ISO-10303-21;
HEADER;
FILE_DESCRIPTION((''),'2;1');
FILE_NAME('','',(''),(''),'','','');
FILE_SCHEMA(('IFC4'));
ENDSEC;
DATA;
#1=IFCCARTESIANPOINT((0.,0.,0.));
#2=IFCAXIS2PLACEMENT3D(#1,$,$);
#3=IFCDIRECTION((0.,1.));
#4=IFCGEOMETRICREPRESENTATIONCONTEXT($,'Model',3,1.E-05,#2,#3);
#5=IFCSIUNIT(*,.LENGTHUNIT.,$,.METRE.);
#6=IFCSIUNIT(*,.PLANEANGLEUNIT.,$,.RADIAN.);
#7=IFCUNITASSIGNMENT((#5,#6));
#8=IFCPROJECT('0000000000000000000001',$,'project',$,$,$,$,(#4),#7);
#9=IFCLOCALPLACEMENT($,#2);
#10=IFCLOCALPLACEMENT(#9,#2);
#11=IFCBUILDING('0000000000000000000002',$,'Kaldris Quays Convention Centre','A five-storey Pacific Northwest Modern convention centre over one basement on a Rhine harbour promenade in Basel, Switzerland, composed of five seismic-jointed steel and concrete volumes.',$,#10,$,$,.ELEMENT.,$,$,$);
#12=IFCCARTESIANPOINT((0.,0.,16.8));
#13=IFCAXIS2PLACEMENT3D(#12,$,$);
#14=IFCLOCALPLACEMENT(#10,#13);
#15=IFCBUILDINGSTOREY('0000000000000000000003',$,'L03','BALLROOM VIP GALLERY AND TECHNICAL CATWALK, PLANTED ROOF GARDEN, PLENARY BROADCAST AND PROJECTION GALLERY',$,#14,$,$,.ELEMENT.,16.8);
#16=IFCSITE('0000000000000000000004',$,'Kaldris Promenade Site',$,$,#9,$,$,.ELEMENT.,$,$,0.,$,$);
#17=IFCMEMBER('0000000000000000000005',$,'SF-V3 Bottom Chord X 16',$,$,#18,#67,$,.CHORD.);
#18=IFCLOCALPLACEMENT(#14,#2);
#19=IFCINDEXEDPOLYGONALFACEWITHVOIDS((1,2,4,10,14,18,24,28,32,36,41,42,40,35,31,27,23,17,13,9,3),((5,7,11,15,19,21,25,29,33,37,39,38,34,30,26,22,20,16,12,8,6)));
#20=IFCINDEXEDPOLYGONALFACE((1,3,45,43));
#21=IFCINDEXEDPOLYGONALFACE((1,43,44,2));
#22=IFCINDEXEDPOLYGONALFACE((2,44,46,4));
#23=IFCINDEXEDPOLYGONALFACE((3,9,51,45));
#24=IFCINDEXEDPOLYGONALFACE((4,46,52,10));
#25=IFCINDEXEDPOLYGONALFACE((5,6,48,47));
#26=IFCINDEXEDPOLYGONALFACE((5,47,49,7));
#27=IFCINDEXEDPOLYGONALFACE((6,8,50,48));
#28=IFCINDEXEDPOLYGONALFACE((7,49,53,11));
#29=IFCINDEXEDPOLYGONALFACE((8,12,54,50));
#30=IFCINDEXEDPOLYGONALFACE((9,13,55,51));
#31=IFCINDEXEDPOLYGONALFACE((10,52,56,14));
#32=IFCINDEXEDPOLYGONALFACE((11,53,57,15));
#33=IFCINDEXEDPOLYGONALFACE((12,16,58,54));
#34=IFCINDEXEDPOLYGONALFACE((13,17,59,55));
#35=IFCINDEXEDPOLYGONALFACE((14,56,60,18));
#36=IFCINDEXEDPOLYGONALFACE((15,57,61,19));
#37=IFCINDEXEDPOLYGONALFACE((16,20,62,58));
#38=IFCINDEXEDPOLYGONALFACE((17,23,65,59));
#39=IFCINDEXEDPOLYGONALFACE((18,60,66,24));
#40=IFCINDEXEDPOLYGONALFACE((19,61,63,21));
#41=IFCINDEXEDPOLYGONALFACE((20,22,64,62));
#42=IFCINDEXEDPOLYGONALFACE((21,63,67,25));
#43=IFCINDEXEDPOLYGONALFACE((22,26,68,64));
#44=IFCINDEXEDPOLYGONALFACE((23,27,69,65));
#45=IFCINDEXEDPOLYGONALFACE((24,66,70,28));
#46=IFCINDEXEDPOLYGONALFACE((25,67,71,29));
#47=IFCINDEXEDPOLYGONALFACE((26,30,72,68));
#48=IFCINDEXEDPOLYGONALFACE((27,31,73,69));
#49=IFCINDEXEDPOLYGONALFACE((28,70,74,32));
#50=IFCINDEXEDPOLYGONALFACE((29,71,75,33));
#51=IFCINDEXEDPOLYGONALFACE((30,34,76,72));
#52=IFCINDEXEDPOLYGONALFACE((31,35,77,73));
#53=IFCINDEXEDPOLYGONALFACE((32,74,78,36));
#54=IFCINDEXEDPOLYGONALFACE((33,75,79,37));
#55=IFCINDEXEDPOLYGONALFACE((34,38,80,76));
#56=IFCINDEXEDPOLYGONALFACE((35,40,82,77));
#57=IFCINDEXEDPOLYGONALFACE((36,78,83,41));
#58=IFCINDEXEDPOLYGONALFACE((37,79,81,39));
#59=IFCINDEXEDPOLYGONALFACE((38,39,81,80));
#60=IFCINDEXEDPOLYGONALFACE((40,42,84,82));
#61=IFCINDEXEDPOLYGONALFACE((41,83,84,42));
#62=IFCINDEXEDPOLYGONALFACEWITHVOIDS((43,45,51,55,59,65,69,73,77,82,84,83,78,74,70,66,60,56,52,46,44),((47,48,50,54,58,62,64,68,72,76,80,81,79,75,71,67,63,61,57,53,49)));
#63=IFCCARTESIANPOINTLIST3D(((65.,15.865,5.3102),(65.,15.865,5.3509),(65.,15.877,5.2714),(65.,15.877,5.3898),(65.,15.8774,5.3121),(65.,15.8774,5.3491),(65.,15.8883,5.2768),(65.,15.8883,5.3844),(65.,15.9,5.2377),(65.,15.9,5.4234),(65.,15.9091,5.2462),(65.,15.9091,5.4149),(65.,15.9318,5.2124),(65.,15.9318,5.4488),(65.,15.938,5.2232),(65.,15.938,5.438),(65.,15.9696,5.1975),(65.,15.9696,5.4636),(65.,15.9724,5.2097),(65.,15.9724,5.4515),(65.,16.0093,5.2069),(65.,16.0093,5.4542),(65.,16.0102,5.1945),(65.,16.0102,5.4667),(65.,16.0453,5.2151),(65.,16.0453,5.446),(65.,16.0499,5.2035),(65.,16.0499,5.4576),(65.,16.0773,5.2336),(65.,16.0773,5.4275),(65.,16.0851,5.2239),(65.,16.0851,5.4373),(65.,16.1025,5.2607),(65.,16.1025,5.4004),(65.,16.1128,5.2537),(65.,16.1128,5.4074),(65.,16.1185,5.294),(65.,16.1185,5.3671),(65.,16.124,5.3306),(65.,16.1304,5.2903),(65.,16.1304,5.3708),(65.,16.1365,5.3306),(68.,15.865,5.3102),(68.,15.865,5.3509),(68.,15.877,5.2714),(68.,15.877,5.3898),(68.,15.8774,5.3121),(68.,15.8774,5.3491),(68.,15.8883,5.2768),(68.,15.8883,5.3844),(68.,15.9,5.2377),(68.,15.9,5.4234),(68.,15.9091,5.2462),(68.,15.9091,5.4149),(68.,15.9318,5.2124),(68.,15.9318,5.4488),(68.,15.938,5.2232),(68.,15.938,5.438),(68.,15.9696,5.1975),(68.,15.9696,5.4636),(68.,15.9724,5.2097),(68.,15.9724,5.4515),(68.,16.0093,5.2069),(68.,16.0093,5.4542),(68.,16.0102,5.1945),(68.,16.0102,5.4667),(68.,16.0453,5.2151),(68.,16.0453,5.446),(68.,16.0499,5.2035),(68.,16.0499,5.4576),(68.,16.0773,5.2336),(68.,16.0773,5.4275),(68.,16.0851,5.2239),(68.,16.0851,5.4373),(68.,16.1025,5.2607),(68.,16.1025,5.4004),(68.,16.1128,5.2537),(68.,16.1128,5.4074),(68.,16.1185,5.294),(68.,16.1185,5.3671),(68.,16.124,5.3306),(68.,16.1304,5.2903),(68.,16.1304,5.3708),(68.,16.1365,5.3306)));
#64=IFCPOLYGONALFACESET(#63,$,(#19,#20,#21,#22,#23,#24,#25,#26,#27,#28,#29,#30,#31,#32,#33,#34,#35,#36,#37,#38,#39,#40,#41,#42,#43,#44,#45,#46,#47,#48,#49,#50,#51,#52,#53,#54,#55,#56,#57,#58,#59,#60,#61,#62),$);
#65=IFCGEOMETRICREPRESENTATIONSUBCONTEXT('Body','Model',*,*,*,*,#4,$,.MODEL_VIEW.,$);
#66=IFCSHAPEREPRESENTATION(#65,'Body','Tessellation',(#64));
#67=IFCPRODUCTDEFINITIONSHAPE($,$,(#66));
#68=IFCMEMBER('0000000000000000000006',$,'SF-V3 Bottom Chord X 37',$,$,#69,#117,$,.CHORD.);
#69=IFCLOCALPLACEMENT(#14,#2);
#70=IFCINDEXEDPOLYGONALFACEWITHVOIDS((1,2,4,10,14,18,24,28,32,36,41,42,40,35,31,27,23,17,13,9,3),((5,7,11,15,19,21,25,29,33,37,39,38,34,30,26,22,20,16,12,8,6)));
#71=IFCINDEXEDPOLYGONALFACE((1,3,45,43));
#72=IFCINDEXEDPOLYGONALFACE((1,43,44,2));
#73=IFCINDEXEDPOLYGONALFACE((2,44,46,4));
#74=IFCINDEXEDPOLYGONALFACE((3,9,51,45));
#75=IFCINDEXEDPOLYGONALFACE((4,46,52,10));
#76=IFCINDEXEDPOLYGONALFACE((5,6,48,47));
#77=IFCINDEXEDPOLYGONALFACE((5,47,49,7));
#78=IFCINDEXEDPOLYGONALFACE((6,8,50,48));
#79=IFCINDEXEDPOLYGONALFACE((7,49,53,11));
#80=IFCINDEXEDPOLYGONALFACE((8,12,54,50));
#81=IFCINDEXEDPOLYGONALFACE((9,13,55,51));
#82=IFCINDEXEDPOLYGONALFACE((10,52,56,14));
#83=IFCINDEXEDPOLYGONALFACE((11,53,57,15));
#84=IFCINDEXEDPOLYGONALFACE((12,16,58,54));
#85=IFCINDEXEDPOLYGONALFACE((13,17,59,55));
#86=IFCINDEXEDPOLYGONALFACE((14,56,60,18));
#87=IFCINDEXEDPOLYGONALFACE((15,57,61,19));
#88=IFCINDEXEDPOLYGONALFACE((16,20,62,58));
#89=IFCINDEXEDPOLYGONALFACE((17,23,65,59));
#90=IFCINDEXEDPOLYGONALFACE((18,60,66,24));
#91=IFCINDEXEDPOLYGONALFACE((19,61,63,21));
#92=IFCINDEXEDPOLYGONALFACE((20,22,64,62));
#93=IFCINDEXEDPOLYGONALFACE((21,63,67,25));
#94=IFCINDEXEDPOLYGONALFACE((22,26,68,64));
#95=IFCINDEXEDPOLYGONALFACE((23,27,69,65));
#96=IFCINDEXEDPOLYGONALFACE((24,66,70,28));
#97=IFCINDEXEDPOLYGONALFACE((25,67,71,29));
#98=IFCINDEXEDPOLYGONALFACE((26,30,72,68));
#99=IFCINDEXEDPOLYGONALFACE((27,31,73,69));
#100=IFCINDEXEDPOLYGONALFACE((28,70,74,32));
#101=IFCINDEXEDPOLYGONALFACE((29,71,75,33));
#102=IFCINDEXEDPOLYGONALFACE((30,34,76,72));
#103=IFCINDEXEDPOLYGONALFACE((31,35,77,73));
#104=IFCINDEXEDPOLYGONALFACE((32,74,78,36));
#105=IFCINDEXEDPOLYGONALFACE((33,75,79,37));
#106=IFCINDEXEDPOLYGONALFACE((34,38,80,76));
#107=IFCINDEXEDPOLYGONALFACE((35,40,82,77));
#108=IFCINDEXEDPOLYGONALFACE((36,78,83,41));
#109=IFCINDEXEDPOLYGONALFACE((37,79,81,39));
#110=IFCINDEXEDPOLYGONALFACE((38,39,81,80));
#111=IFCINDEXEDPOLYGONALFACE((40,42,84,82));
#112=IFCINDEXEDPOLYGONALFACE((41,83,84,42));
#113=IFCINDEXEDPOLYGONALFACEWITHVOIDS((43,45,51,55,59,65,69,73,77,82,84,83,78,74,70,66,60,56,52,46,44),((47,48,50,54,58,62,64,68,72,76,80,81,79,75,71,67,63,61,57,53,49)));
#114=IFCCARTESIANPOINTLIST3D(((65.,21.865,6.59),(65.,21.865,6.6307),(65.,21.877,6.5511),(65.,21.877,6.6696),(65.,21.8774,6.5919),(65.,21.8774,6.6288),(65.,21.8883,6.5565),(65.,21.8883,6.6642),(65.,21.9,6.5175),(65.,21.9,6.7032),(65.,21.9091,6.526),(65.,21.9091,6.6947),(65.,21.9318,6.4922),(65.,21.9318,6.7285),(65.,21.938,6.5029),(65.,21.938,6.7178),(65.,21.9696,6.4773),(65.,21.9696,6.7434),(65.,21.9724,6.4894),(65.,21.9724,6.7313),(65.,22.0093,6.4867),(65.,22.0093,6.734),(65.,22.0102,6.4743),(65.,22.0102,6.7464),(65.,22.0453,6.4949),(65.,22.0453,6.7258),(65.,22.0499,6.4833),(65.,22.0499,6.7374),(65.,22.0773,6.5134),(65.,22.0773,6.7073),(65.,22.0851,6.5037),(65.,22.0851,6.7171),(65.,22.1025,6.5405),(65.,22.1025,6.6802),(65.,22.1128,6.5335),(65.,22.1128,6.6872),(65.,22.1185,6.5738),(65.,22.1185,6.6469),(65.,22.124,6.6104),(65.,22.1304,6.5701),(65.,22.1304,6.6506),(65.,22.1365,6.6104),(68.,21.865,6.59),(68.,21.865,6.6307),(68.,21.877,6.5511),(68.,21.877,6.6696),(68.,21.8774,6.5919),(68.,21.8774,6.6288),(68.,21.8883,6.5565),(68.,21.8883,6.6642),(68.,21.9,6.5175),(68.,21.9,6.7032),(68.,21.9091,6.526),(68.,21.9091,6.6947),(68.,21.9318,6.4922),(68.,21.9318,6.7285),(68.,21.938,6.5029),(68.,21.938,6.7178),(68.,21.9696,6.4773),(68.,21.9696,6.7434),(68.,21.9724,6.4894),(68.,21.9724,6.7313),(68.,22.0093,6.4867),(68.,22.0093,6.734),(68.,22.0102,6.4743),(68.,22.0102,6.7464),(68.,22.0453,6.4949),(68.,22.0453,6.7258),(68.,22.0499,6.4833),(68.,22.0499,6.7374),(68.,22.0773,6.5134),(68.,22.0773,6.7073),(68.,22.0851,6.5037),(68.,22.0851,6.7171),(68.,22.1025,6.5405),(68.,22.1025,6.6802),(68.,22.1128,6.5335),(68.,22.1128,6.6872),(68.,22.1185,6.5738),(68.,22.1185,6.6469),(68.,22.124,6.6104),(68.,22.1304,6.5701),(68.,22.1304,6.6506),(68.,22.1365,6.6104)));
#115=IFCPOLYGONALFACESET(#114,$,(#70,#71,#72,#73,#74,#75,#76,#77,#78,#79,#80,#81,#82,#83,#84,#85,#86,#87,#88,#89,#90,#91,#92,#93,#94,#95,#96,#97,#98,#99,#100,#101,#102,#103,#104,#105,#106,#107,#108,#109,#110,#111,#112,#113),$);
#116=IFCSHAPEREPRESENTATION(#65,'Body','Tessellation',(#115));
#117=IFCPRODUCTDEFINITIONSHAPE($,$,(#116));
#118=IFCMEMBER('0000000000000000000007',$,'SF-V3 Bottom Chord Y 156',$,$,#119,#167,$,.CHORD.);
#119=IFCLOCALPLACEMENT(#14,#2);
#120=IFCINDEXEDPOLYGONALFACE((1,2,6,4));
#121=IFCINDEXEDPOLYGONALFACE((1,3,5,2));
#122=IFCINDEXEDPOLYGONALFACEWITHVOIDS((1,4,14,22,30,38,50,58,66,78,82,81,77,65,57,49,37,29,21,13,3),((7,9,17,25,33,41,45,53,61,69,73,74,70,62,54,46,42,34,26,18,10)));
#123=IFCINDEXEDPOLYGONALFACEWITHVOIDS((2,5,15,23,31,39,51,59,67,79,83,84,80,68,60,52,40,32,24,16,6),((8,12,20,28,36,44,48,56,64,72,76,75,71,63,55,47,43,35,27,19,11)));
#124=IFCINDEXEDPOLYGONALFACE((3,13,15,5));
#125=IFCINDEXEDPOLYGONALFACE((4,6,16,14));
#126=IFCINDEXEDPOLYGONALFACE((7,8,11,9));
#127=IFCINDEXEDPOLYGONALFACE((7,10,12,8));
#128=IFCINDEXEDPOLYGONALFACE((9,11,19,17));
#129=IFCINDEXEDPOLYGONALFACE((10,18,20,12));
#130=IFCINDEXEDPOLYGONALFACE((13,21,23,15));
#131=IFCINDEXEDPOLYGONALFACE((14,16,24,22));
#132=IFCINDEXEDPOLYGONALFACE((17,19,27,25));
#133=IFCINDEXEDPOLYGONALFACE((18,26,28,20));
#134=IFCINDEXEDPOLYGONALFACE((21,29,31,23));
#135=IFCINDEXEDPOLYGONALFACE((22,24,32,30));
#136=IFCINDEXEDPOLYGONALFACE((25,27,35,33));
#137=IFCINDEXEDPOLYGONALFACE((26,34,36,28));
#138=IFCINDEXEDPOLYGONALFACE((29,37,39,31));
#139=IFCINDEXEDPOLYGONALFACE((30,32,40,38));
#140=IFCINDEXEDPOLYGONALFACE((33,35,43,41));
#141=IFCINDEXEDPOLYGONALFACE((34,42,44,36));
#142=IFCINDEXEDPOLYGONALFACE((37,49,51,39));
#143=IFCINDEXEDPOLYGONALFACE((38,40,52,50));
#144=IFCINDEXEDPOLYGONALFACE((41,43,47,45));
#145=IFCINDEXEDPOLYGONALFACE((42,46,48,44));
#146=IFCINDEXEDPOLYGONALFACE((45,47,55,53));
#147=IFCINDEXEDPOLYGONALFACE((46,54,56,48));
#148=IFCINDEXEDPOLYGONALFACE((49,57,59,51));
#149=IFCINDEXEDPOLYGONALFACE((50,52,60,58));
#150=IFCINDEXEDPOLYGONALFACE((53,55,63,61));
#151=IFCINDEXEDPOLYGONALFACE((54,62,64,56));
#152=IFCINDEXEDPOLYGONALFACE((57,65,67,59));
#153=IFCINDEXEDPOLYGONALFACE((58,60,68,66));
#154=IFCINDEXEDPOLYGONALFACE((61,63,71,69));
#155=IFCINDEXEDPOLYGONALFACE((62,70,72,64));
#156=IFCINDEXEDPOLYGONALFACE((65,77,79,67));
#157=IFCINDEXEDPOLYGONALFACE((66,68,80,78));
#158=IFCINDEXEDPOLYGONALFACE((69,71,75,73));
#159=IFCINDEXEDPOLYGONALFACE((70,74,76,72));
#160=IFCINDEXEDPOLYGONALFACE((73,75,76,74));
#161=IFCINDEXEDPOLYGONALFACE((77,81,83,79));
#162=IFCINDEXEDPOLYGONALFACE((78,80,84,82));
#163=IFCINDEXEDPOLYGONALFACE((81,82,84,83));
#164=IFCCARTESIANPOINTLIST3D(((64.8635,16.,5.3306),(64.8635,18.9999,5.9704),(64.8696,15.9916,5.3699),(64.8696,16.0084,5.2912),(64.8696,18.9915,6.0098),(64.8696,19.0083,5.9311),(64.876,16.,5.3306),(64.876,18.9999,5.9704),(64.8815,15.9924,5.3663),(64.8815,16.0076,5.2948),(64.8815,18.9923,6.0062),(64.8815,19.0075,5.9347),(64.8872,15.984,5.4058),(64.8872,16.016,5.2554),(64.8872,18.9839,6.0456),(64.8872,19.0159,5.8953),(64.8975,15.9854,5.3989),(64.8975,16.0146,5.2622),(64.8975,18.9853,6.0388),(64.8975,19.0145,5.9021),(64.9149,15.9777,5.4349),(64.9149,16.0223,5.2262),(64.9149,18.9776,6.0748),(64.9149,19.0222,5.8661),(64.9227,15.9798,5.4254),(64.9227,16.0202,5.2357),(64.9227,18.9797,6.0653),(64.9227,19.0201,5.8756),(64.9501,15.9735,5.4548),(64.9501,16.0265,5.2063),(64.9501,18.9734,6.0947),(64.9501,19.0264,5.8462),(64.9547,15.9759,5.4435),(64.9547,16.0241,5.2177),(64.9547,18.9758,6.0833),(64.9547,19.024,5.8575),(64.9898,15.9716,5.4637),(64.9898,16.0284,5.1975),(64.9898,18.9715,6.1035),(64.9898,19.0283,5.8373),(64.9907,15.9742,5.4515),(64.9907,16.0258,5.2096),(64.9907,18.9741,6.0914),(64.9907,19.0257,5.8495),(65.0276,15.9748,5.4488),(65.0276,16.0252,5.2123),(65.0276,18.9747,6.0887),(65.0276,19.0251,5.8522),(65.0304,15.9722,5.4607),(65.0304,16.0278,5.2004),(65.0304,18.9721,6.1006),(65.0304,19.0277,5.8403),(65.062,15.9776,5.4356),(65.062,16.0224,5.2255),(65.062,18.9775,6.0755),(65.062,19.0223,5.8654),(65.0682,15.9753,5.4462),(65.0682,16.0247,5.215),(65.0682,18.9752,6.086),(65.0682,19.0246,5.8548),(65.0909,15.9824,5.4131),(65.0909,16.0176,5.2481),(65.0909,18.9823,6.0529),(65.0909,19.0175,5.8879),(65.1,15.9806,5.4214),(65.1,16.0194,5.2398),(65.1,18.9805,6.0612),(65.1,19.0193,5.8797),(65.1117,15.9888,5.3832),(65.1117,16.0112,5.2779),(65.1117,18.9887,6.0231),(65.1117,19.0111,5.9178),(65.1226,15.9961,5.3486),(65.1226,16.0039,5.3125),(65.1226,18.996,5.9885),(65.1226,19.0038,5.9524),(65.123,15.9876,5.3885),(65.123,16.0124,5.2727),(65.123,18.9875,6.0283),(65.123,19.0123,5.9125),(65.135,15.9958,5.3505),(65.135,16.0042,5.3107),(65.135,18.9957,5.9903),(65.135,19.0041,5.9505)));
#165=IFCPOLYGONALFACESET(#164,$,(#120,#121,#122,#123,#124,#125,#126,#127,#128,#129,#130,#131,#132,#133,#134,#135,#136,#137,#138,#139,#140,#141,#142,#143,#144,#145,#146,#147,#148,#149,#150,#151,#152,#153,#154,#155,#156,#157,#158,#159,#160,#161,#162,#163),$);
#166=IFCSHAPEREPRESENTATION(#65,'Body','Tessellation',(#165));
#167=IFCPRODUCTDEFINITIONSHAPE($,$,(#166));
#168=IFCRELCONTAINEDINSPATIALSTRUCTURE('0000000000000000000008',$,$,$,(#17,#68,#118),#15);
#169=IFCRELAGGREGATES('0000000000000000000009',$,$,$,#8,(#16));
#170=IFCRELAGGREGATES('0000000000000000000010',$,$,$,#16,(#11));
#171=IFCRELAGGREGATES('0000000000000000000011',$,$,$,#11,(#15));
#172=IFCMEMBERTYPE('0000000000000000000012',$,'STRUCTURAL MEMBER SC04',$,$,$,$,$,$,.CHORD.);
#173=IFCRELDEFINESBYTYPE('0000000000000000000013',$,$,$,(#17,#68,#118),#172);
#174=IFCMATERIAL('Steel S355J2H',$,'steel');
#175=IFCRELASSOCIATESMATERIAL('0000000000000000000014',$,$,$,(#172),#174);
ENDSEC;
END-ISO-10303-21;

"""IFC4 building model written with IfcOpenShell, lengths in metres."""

from ifc_helpers import new_model, si_unit, direction, frame, origin, origin_2d, place, context, subcontext, project, spatial, hollow_circle, extrude, material, material_profile, profile_set, type_object, element, save


model = new_model("IFC4")

# Units and contexts
model_context = context("Model", 3, precision=1e-05, world=origin(), true_north=direction((0.0, 1.0)))
body_context = subcontext(model_context, "Body", "Model", "MODEL_VIEW")
ifc_project = project(units=[si_unit("LENGTHUNIT", "METRE"), si_unit("PLANEANGLEUNIT", "RADIAN")], contexts=[model_context])

# Site, building, storey
site_placement = place(None, origin())
site = spatial("IfcSite", under=ifc_project, at=site_placement, Name="Kaldris Promenade Site", CompositionType="ELEMENT", RefElevation=0.0)
building_placement = place(site_placement, origin())
building = spatial("IfcBuilding", under=site, at=building_placement, Name="Kaldris Quays Convention Centre", Description="A five-storey Pacific Northwest Modern convention centre over one basement on a Rhine harbour promenade in Basel, Switzerland, composed of five seismic-jointed steel and concrete volumes.", CompositionType="ELEMENT")
storey_placement = place(building_placement, frame((0.0, 0.0, 16.8)))
storey = spatial("IfcBuildingStorey", under=building, at=storey_placement, Name="L03", Description="BALLROOM VIP GALLERY AND TECHNICAL CATWALK, PLANTED ROOF GARDEN, PLENARY BROADCAST AND PROJECTION GALLERY", CompositionType="ELEMENT", Elevation=16.8)

# Members
ifc_material_1 = material(Name="Steel S355J2H", Category="steel")
ifc_material_profile_1 = material_profile(ifc_material_1, hollow_circle(Radius=0.1365, WallThickness=0.0125, at=origin_2d()), Name="CHS 273x12.5")
ifc_profile_set_1 = profile_set([ifc_material_profile_1], Name="Steel S355J2H")
member_type_1 = type_object("IfcMemberType", Name="STRUCTURAL MEMBER SC04", PredefinedType="CHORD", material=ifc_profile_set_1)
for number, where, z_axis, x_axis, name in (
    (1, (65.0, 16.0, 5.3306), (1.0, 0.0, 0.0), (0.0, 1.0, 0.0), "SF-V3 Bottom Chord X 16"),
    (2, (65.0, 22.0, 6.6104), (1.0, 0.0, 0.0), (0.0, 1.0, 0.0), "SF-V3 Bottom Chord X 37"),
):
    element("IfcMember", number, at=place(storey_placement, frame(where, z_axis=z_axis, x_axis=x_axis)), inside=storey, type_object=member_type_1, Name=name, PredefinedType="CHORD", context=body_context, shape_type="SweptSolid", body=[
        extrude(hollow_circle(Radius=0.1365, WallThickness=0.0125, at=origin_2d()), origin(), (0.0, 0.0, 1.0), 3.0),
    ])
for number, where, z_axis, x_axis, name in (
    (3, (65.0, 16.0, 5.3306), (0.0, 0.978, 0.208605), (-1.0, 0.0, 0.0), "SF-V3 Bottom Chord Y 156"),
):
    element("IfcMember", number, at=place(storey_placement, frame(where, z_axis=z_axis, x_axis=x_axis)), inside=storey, type_object=member_type_1, Name=name, PredefinedType="CHORD", context=body_context, shape_type="SweptSolid", body=[
        extrude(hollow_circle(Radius=0.1365, WallThickness=0.0125, at=origin_2d()), origin(), (0.0, 0.0, 1.0), 3.0674),
    ])

save(model, "model.ifc")
